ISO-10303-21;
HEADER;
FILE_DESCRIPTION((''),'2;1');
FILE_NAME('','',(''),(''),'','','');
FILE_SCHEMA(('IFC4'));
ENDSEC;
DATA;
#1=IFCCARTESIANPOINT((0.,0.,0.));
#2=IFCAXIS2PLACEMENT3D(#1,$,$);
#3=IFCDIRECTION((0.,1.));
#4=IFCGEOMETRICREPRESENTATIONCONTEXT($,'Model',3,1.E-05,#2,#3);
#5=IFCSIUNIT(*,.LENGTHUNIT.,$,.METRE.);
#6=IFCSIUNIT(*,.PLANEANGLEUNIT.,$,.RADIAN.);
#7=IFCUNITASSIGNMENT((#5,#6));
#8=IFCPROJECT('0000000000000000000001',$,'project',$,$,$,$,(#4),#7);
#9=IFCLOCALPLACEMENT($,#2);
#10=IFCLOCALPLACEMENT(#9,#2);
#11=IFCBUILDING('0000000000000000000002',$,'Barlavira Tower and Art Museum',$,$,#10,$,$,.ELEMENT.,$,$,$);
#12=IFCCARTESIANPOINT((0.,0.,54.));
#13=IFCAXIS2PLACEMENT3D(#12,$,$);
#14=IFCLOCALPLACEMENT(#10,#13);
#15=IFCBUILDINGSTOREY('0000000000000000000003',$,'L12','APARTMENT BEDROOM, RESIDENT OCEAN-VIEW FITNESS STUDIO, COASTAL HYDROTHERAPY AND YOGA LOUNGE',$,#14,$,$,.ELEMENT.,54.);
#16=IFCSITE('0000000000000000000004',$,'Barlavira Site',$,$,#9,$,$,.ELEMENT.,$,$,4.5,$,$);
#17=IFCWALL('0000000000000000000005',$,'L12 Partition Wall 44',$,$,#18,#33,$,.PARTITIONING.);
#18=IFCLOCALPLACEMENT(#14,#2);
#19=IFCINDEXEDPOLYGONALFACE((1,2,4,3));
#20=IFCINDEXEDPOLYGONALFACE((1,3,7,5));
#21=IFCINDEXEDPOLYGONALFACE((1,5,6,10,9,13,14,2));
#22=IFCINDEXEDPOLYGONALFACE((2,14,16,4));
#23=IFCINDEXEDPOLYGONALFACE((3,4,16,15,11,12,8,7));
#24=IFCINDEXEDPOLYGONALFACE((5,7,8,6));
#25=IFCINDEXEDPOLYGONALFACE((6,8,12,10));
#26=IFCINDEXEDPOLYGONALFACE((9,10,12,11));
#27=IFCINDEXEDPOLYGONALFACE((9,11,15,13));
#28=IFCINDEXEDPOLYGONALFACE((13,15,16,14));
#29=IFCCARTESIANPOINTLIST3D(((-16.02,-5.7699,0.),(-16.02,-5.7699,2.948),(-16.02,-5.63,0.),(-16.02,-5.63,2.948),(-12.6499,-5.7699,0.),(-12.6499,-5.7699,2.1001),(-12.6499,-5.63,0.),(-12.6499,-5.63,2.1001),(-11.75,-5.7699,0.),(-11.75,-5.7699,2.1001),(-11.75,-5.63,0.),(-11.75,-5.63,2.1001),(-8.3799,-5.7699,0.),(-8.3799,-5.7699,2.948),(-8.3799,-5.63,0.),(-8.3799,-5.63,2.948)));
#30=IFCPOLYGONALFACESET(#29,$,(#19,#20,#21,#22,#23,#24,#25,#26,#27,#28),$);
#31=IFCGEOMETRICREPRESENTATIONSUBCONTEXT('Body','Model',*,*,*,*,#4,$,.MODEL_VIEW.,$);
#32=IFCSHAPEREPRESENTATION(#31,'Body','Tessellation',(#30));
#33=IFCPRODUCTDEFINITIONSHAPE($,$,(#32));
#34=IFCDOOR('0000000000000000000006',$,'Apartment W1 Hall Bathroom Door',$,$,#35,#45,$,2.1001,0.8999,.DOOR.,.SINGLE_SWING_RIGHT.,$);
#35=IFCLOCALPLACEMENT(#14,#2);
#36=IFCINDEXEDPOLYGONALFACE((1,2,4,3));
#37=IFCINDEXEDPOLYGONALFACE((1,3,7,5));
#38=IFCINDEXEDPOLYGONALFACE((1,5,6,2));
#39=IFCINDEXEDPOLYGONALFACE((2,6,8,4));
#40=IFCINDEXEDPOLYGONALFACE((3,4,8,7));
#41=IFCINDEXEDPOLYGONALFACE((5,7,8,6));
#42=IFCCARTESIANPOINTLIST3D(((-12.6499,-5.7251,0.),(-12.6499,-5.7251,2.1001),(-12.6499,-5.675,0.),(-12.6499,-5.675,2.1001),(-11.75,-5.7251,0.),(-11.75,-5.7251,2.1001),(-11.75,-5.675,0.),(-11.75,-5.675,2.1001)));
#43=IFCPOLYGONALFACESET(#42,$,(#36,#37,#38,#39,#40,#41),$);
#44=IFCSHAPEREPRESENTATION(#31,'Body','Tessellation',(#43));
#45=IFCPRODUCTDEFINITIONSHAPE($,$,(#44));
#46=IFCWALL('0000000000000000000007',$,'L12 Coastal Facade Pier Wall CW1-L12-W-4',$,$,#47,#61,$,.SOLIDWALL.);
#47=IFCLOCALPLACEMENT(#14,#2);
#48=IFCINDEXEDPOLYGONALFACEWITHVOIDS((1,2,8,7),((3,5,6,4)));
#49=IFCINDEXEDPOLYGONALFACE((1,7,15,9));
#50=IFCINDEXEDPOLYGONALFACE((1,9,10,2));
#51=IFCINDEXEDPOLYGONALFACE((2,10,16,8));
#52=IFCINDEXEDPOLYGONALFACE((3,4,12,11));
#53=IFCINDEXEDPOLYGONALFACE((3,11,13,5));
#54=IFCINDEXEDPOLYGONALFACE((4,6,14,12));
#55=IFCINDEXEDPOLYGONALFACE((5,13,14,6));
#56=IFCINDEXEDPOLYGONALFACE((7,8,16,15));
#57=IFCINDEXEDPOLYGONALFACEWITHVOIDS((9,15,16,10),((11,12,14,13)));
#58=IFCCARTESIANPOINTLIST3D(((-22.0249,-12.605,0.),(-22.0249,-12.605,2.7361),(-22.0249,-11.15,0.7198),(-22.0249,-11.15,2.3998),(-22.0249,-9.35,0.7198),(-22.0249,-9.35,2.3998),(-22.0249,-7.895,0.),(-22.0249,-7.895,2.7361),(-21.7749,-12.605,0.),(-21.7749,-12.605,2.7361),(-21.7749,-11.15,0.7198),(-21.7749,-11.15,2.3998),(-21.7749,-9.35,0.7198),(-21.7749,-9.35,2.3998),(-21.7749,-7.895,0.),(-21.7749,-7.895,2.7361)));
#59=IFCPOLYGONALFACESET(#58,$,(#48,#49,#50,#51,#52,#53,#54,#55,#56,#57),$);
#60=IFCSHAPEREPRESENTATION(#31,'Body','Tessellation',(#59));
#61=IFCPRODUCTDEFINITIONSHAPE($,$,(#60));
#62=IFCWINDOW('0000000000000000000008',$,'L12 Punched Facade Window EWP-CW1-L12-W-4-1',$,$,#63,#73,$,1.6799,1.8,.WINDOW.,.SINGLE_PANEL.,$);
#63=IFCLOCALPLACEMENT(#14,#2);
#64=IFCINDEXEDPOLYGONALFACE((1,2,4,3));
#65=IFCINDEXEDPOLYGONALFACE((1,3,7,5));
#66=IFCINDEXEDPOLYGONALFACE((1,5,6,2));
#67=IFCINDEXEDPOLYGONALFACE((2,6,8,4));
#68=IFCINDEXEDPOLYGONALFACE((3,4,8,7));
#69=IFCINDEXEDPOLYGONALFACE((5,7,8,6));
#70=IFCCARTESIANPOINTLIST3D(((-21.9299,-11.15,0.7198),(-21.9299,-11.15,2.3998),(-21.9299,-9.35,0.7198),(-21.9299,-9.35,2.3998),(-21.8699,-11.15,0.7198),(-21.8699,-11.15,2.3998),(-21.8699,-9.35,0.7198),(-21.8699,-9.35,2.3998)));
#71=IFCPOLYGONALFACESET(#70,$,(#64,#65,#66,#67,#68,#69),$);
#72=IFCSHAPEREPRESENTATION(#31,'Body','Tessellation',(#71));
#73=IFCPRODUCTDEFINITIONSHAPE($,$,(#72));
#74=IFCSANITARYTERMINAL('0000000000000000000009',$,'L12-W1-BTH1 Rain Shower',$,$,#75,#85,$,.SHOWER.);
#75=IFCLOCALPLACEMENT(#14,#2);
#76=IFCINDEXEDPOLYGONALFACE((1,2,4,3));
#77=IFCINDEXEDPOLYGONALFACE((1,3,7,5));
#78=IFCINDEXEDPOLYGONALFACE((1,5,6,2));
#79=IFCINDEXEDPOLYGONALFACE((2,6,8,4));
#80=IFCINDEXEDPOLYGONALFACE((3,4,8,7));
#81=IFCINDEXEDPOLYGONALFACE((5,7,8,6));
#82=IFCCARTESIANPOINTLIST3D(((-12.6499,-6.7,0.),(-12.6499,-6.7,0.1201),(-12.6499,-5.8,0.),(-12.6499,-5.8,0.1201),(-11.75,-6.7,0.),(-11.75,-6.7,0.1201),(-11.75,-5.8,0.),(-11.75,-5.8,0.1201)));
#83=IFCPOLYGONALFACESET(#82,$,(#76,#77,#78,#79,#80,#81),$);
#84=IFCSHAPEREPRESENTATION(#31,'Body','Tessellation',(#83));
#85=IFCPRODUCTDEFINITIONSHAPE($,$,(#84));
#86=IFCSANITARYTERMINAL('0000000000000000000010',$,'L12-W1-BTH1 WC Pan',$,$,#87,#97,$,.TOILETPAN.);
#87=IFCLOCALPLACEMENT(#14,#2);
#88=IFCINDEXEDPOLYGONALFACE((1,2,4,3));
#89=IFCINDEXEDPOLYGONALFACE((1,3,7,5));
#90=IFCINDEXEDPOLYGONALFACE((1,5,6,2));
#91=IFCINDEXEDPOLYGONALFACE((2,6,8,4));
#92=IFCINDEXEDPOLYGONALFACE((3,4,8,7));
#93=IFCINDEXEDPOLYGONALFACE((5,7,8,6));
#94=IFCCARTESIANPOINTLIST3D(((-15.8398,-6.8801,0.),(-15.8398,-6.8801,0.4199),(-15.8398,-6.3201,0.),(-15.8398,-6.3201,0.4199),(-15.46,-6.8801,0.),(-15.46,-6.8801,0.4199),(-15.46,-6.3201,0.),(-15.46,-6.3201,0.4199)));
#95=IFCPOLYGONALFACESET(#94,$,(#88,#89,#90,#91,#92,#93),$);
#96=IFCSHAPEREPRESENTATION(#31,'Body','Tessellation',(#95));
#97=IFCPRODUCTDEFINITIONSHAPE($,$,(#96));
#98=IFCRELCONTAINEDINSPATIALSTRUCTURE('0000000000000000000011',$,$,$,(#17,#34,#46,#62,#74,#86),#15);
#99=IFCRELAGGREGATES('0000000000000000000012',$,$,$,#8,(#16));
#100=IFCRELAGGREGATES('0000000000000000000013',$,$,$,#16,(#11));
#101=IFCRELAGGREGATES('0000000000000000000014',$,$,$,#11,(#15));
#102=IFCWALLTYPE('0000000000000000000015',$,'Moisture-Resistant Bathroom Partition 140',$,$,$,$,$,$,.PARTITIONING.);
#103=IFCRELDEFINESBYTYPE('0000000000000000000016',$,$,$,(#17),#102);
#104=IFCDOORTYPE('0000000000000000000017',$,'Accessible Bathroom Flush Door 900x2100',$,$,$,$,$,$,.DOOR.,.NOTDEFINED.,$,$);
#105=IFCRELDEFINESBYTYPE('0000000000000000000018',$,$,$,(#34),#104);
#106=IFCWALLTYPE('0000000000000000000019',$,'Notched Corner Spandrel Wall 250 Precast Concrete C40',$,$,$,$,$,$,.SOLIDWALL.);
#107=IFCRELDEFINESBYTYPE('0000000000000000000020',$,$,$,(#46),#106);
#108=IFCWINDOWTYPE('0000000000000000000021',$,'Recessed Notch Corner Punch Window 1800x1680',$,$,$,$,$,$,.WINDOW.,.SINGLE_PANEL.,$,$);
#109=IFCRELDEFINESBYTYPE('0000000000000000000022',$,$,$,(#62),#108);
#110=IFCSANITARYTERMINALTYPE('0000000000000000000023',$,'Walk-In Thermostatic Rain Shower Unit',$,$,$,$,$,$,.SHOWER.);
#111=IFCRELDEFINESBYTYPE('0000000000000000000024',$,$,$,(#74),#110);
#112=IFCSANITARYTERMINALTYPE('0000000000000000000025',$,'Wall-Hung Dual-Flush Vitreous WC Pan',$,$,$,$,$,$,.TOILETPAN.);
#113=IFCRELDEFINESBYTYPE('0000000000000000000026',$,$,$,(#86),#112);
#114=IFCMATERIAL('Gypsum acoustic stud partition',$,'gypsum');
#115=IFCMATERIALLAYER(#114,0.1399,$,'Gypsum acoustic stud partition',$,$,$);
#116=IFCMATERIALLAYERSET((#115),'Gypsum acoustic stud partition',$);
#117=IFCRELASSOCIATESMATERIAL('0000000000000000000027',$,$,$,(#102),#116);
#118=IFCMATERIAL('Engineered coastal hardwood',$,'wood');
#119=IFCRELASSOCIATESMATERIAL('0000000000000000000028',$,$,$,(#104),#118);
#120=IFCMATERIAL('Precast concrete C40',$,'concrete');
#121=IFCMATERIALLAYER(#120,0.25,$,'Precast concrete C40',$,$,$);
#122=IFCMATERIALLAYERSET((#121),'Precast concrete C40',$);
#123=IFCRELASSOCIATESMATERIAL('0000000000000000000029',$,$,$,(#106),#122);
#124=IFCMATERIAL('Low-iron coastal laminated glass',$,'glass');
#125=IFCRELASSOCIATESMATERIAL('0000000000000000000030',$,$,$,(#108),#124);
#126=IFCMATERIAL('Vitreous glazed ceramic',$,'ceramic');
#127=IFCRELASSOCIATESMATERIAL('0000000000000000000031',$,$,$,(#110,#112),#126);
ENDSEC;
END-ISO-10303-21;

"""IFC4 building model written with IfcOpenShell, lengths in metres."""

from ifc_helpers import new_model, si_unit, direction, frame, frame_2d, origin, origin_2d, place, context, subcontext, project, spatial, rectangle, extrude, material, layer, layer_set, type_object, element, fill, save


model = new_model("IFC4")

# Units and contexts
model_context = context("Model", 3, precision=1e-05, world=origin(), true_north=direction((0.0, 1.0)))
body_context = subcontext(model_context, "Body", "Model", "MODEL_VIEW")
ifc_project = project(units=[si_unit("LENGTHUNIT", "METRE"), si_unit("PLANEANGLEUNIT", "RADIAN")], contexts=[model_context])

# Site, building, storey
site_placement = place(None, origin())
site = spatial("IfcSite", under=ifc_project, at=site_placement, Name="Barlavira Site", CompositionType="ELEMENT", RefElevation=4.5)
building_placement = place(site_placement, origin())
building = spatial("IfcBuilding", under=site, at=building_placement, Name="Barlavira Tower and Art Museum", CompositionType="ELEMENT")
storey_placement = place(building_placement, frame((0.0, 0.0, 54.0)))
storey = spatial("IfcBuildingStorey", under=building, at=storey_placement, Name="L12", Description="APARTMENT BEDROOM, RESIDENT OCEAN-VIEW FITNESS STUDIO, COASTAL HYDROTHERAPY AND YOGA LOUNGE", CompositionType="ELEMENT", Elevation=54.0)

# Shared definitions
ifc_material_1 = material(Name="Low-iron coastal laminated glass", Category="glass")

# Shared definitions
ifc_material_2 = material(Name="Gypsum acoustic stud partition", Category="gypsum")
ifc_material_3 = material(Name="Engineered coastal hardwood", Category="wood")

# Shared definitions
ifc_layer_1 = layer(ifc_material_2, 0.1399, Name="Gypsum acoustic stud partition")
ifc_layer_set_1 = layer_set([ifc_layer_1], Name="Gypsum acoustic stud partition")
wall_type_1 = type_object("IfcWallType", Name="Moisture-Resistant Bathroom Partition 140", PredefinedType="PARTITIONING", material=ifc_layer_set_1)

# Wall, opening, door
wall_1_placement = place(storey_placement, frame((-16.02, -5.7, 0.0), z_axis=(0.0, 0.0, 1.0), x_axis=(1.0, 0.0, 0.0)))
wall_1 = element("IfcWall", 1, at=wall_1_placement, inside=storey, type_object=wall_type_1, Name="L12 Partition Wall 44", PredefinedType="PARTITIONING", context=body_context, shape_type="SweptSolid", body=[
    extrude(rectangle(XDim=7.6401, YDim=0.1399, at=frame_2d((3.8201, 0.0))), origin(), (0.0, 0.0, 1.0), 2.948),
])
opening_1_placement = place(wall_1_placement, frame((3.3701, 0.0, 0.0)))
opening_1 = element("IfcOpeningElement", 2, at=opening_1_placement, cuts=wall_1, PredefinedType="OPENING", context=body_context, shape_type="SweptSolid", body=[
    extrude(rectangle(XDim=0.8999, YDim=2.1001, at=frame_2d((0.45, 1.05))), frame((0.0, 0.0801, 0.0), z_axis=(0.0, -1.0, 0.0), x_axis=(1.0, 0.0, 0.0)), (0.0, 0.0, 1.0), 0.1599),
])
door_type_1 = type_object("IfcDoorType", Name="Accessible Bathroom Flush Door 900x2100", OperationType="NOTDEFINED", PredefinedType="DOOR", material=ifc_material_3)
door_1_placement = place(opening_1_placement, origin())
door_1 = element("IfcDoor", 3, at=door_1_placement, inside=storey, type_object=door_type_1, Name="Apartment W1 Hall Bathroom Door", OperationType="SINGLE_SWING_RIGHT", OverallHeight=2.1001, OverallWidth=0.8999, PredefinedType="DOOR", context=body_context, shape_type="SweptSolid", body=[
    extrude(rectangle(XDim=0.8999, YDim=2.1001, at=frame_2d((0.45, 1.05))), frame((0.0, 0.0249, 0.0), z_axis=(0.0, -1.0, 0.0), x_axis=(1.0, 0.0, 0.0)), (0.0, 0.0, 1.0), 0.05),
])
fill(opening_1, door_1)

# Wall, opening, window
ifc_material_4 = material(Name="Precast concrete C40", Category="concrete")
ifc_layer_2 = layer(ifc_material_4, 0.25, Name="Precast concrete C40")
ifc_layer_set_2 = layer_set([ifc_layer_2], Name="Precast concrete C40")
wall_type_2 = type_object("IfcWallType", Name="Notched Corner Spandrel Wall 250 Precast Concrete C40", PredefinedType="SOLIDWALL", material=ifc_layer_set_2)
wall_2_placement = place(storey_placement, frame((-21.8999, -7.895, 0.0), z_axis=(0.0, 0.0, 1.0), x_axis=(0.0, -1.0, 0.0)))
wall_2 = element("IfcWall", 4, at=wall_2_placement, inside=storey, type_object=wall_type_2, Name="L12 Coastal Facade Pier Wall CW1-L12-W-4", PredefinedType="SOLIDWALL", context=body_context, shape_type="SweptSolid", body=[
    extrude(rectangle(XDim=4.71, YDim=0.25, at=frame_2d((2.355, 0.0))), origin(), (0.0, 0.0, 1.0), 2.7361),
])
opening_2_placement = place(wall_2_placement, frame((1.4551, 0.0, 0.72)))
opening_2 = element("IfcOpeningElement", 5, at=opening_2_placement, cuts=wall_2, PredefinedType="OPENING", context=body_context, shape_type="SweptSolid", body=[
    extrude(rectangle(XDim=1.8, YDim=1.6799, at=frame_2d((0.8999, 0.8398))), frame((0.0, 0.135, 0.0), z_axis=(0.0, -1.0, 0.0), x_axis=(1.0, 0.0, 0.0)), (0.0, 0.0, 1.0), 0.27),
])
window_type = type_object("IfcWindowType", Name="Recessed Notch Corner Punch Window 1800x1680", PartitioningType="SINGLE_PANEL", PredefinedType="WINDOW", material=ifc_material_1)
window_placement = place(opening_2_placement, origin())
window = element("IfcWindow", 6, at=window_placement, inside=storey, type_object=window_type, Name="L12 Punched Facade Window EWP-CW1-L12-W-4-1", OverallHeight=1.6799, OverallWidth=1.8, PartitioningType="SINGLE_PANEL", PredefinedType="WINDOW", context=body_context, shape_type="SweptSolid", body=[
    extrude(rectangle(XDim=1.8, YDim=1.6799, at=frame_2d((0.8999, 0.8398))), frame((0.0, 0.03, 0.0), z_axis=(0.0, -1.0, 0.0), x_axis=(1.0, 0.0, 0.0)), (0.0, 0.0, 1.0), 0.0601),
])
fill(opening_2, window)

# Sanitary terminals
ifc_material_5 = material(Name="Vitreous glazed ceramic", Category="ceramic")
sanitary_terminal_type_1 = type_object("IfcSanitaryTerminalType", Name="Walk-In Thermostatic Rain Shower Unit", PredefinedType="SHOWER", material=ifc_material_5)
sanitary_terminal_1_placement = place(storey_placement, frame((-12.2, -6.25, 0.0), z_axis=(0.0, 0.0, 1.0), x_axis=(1.0, 0.0, 0.0)))
element("IfcSanitaryTerminal", 7, at=sanitary_terminal_1_placement, inside=storey, type_object=sanitary_terminal_type_1, Name="L12-W1-BTH1 Rain Shower", PredefinedType="SHOWER", context=body_context, shape_type="SweptSolid", body=[
    extrude(rectangle(XDim=0.8999, YDim=0.8999, at=origin_2d()), origin(), (0.0, 0.0, 1.0), 0.1201),
])
sanitary_terminal_type_2 = type_object("IfcSanitaryTerminalType", Name="Wall-Hung Dual-Flush Vitreous WC Pan", PredefinedType="TOILETPAN", material=ifc_material_5)
sanitary_terminal_2_placement = place(storey_placement, frame((-15.6499, -6.6001, 0.0), z_axis=(0.0, 0.0, 1.0), x_axis=(1.0, 0.0, 0.0)))
element("IfcSanitaryTerminal", 8, at=sanitary_terminal_2_placement, inside=storey, type_object=sanitary_terminal_type_2, Name="L12-W1-BTH1 WC Pan", PredefinedType="TOILETPAN", context=body_context, shape_type="SweptSolid", body=[
    extrude(rectangle(XDim=0.3799, YDim=0.5601, at=origin_2d()), origin(), (0.0, 0.0, 1.0), 0.4199),
])

save(model, "model.ifc")
